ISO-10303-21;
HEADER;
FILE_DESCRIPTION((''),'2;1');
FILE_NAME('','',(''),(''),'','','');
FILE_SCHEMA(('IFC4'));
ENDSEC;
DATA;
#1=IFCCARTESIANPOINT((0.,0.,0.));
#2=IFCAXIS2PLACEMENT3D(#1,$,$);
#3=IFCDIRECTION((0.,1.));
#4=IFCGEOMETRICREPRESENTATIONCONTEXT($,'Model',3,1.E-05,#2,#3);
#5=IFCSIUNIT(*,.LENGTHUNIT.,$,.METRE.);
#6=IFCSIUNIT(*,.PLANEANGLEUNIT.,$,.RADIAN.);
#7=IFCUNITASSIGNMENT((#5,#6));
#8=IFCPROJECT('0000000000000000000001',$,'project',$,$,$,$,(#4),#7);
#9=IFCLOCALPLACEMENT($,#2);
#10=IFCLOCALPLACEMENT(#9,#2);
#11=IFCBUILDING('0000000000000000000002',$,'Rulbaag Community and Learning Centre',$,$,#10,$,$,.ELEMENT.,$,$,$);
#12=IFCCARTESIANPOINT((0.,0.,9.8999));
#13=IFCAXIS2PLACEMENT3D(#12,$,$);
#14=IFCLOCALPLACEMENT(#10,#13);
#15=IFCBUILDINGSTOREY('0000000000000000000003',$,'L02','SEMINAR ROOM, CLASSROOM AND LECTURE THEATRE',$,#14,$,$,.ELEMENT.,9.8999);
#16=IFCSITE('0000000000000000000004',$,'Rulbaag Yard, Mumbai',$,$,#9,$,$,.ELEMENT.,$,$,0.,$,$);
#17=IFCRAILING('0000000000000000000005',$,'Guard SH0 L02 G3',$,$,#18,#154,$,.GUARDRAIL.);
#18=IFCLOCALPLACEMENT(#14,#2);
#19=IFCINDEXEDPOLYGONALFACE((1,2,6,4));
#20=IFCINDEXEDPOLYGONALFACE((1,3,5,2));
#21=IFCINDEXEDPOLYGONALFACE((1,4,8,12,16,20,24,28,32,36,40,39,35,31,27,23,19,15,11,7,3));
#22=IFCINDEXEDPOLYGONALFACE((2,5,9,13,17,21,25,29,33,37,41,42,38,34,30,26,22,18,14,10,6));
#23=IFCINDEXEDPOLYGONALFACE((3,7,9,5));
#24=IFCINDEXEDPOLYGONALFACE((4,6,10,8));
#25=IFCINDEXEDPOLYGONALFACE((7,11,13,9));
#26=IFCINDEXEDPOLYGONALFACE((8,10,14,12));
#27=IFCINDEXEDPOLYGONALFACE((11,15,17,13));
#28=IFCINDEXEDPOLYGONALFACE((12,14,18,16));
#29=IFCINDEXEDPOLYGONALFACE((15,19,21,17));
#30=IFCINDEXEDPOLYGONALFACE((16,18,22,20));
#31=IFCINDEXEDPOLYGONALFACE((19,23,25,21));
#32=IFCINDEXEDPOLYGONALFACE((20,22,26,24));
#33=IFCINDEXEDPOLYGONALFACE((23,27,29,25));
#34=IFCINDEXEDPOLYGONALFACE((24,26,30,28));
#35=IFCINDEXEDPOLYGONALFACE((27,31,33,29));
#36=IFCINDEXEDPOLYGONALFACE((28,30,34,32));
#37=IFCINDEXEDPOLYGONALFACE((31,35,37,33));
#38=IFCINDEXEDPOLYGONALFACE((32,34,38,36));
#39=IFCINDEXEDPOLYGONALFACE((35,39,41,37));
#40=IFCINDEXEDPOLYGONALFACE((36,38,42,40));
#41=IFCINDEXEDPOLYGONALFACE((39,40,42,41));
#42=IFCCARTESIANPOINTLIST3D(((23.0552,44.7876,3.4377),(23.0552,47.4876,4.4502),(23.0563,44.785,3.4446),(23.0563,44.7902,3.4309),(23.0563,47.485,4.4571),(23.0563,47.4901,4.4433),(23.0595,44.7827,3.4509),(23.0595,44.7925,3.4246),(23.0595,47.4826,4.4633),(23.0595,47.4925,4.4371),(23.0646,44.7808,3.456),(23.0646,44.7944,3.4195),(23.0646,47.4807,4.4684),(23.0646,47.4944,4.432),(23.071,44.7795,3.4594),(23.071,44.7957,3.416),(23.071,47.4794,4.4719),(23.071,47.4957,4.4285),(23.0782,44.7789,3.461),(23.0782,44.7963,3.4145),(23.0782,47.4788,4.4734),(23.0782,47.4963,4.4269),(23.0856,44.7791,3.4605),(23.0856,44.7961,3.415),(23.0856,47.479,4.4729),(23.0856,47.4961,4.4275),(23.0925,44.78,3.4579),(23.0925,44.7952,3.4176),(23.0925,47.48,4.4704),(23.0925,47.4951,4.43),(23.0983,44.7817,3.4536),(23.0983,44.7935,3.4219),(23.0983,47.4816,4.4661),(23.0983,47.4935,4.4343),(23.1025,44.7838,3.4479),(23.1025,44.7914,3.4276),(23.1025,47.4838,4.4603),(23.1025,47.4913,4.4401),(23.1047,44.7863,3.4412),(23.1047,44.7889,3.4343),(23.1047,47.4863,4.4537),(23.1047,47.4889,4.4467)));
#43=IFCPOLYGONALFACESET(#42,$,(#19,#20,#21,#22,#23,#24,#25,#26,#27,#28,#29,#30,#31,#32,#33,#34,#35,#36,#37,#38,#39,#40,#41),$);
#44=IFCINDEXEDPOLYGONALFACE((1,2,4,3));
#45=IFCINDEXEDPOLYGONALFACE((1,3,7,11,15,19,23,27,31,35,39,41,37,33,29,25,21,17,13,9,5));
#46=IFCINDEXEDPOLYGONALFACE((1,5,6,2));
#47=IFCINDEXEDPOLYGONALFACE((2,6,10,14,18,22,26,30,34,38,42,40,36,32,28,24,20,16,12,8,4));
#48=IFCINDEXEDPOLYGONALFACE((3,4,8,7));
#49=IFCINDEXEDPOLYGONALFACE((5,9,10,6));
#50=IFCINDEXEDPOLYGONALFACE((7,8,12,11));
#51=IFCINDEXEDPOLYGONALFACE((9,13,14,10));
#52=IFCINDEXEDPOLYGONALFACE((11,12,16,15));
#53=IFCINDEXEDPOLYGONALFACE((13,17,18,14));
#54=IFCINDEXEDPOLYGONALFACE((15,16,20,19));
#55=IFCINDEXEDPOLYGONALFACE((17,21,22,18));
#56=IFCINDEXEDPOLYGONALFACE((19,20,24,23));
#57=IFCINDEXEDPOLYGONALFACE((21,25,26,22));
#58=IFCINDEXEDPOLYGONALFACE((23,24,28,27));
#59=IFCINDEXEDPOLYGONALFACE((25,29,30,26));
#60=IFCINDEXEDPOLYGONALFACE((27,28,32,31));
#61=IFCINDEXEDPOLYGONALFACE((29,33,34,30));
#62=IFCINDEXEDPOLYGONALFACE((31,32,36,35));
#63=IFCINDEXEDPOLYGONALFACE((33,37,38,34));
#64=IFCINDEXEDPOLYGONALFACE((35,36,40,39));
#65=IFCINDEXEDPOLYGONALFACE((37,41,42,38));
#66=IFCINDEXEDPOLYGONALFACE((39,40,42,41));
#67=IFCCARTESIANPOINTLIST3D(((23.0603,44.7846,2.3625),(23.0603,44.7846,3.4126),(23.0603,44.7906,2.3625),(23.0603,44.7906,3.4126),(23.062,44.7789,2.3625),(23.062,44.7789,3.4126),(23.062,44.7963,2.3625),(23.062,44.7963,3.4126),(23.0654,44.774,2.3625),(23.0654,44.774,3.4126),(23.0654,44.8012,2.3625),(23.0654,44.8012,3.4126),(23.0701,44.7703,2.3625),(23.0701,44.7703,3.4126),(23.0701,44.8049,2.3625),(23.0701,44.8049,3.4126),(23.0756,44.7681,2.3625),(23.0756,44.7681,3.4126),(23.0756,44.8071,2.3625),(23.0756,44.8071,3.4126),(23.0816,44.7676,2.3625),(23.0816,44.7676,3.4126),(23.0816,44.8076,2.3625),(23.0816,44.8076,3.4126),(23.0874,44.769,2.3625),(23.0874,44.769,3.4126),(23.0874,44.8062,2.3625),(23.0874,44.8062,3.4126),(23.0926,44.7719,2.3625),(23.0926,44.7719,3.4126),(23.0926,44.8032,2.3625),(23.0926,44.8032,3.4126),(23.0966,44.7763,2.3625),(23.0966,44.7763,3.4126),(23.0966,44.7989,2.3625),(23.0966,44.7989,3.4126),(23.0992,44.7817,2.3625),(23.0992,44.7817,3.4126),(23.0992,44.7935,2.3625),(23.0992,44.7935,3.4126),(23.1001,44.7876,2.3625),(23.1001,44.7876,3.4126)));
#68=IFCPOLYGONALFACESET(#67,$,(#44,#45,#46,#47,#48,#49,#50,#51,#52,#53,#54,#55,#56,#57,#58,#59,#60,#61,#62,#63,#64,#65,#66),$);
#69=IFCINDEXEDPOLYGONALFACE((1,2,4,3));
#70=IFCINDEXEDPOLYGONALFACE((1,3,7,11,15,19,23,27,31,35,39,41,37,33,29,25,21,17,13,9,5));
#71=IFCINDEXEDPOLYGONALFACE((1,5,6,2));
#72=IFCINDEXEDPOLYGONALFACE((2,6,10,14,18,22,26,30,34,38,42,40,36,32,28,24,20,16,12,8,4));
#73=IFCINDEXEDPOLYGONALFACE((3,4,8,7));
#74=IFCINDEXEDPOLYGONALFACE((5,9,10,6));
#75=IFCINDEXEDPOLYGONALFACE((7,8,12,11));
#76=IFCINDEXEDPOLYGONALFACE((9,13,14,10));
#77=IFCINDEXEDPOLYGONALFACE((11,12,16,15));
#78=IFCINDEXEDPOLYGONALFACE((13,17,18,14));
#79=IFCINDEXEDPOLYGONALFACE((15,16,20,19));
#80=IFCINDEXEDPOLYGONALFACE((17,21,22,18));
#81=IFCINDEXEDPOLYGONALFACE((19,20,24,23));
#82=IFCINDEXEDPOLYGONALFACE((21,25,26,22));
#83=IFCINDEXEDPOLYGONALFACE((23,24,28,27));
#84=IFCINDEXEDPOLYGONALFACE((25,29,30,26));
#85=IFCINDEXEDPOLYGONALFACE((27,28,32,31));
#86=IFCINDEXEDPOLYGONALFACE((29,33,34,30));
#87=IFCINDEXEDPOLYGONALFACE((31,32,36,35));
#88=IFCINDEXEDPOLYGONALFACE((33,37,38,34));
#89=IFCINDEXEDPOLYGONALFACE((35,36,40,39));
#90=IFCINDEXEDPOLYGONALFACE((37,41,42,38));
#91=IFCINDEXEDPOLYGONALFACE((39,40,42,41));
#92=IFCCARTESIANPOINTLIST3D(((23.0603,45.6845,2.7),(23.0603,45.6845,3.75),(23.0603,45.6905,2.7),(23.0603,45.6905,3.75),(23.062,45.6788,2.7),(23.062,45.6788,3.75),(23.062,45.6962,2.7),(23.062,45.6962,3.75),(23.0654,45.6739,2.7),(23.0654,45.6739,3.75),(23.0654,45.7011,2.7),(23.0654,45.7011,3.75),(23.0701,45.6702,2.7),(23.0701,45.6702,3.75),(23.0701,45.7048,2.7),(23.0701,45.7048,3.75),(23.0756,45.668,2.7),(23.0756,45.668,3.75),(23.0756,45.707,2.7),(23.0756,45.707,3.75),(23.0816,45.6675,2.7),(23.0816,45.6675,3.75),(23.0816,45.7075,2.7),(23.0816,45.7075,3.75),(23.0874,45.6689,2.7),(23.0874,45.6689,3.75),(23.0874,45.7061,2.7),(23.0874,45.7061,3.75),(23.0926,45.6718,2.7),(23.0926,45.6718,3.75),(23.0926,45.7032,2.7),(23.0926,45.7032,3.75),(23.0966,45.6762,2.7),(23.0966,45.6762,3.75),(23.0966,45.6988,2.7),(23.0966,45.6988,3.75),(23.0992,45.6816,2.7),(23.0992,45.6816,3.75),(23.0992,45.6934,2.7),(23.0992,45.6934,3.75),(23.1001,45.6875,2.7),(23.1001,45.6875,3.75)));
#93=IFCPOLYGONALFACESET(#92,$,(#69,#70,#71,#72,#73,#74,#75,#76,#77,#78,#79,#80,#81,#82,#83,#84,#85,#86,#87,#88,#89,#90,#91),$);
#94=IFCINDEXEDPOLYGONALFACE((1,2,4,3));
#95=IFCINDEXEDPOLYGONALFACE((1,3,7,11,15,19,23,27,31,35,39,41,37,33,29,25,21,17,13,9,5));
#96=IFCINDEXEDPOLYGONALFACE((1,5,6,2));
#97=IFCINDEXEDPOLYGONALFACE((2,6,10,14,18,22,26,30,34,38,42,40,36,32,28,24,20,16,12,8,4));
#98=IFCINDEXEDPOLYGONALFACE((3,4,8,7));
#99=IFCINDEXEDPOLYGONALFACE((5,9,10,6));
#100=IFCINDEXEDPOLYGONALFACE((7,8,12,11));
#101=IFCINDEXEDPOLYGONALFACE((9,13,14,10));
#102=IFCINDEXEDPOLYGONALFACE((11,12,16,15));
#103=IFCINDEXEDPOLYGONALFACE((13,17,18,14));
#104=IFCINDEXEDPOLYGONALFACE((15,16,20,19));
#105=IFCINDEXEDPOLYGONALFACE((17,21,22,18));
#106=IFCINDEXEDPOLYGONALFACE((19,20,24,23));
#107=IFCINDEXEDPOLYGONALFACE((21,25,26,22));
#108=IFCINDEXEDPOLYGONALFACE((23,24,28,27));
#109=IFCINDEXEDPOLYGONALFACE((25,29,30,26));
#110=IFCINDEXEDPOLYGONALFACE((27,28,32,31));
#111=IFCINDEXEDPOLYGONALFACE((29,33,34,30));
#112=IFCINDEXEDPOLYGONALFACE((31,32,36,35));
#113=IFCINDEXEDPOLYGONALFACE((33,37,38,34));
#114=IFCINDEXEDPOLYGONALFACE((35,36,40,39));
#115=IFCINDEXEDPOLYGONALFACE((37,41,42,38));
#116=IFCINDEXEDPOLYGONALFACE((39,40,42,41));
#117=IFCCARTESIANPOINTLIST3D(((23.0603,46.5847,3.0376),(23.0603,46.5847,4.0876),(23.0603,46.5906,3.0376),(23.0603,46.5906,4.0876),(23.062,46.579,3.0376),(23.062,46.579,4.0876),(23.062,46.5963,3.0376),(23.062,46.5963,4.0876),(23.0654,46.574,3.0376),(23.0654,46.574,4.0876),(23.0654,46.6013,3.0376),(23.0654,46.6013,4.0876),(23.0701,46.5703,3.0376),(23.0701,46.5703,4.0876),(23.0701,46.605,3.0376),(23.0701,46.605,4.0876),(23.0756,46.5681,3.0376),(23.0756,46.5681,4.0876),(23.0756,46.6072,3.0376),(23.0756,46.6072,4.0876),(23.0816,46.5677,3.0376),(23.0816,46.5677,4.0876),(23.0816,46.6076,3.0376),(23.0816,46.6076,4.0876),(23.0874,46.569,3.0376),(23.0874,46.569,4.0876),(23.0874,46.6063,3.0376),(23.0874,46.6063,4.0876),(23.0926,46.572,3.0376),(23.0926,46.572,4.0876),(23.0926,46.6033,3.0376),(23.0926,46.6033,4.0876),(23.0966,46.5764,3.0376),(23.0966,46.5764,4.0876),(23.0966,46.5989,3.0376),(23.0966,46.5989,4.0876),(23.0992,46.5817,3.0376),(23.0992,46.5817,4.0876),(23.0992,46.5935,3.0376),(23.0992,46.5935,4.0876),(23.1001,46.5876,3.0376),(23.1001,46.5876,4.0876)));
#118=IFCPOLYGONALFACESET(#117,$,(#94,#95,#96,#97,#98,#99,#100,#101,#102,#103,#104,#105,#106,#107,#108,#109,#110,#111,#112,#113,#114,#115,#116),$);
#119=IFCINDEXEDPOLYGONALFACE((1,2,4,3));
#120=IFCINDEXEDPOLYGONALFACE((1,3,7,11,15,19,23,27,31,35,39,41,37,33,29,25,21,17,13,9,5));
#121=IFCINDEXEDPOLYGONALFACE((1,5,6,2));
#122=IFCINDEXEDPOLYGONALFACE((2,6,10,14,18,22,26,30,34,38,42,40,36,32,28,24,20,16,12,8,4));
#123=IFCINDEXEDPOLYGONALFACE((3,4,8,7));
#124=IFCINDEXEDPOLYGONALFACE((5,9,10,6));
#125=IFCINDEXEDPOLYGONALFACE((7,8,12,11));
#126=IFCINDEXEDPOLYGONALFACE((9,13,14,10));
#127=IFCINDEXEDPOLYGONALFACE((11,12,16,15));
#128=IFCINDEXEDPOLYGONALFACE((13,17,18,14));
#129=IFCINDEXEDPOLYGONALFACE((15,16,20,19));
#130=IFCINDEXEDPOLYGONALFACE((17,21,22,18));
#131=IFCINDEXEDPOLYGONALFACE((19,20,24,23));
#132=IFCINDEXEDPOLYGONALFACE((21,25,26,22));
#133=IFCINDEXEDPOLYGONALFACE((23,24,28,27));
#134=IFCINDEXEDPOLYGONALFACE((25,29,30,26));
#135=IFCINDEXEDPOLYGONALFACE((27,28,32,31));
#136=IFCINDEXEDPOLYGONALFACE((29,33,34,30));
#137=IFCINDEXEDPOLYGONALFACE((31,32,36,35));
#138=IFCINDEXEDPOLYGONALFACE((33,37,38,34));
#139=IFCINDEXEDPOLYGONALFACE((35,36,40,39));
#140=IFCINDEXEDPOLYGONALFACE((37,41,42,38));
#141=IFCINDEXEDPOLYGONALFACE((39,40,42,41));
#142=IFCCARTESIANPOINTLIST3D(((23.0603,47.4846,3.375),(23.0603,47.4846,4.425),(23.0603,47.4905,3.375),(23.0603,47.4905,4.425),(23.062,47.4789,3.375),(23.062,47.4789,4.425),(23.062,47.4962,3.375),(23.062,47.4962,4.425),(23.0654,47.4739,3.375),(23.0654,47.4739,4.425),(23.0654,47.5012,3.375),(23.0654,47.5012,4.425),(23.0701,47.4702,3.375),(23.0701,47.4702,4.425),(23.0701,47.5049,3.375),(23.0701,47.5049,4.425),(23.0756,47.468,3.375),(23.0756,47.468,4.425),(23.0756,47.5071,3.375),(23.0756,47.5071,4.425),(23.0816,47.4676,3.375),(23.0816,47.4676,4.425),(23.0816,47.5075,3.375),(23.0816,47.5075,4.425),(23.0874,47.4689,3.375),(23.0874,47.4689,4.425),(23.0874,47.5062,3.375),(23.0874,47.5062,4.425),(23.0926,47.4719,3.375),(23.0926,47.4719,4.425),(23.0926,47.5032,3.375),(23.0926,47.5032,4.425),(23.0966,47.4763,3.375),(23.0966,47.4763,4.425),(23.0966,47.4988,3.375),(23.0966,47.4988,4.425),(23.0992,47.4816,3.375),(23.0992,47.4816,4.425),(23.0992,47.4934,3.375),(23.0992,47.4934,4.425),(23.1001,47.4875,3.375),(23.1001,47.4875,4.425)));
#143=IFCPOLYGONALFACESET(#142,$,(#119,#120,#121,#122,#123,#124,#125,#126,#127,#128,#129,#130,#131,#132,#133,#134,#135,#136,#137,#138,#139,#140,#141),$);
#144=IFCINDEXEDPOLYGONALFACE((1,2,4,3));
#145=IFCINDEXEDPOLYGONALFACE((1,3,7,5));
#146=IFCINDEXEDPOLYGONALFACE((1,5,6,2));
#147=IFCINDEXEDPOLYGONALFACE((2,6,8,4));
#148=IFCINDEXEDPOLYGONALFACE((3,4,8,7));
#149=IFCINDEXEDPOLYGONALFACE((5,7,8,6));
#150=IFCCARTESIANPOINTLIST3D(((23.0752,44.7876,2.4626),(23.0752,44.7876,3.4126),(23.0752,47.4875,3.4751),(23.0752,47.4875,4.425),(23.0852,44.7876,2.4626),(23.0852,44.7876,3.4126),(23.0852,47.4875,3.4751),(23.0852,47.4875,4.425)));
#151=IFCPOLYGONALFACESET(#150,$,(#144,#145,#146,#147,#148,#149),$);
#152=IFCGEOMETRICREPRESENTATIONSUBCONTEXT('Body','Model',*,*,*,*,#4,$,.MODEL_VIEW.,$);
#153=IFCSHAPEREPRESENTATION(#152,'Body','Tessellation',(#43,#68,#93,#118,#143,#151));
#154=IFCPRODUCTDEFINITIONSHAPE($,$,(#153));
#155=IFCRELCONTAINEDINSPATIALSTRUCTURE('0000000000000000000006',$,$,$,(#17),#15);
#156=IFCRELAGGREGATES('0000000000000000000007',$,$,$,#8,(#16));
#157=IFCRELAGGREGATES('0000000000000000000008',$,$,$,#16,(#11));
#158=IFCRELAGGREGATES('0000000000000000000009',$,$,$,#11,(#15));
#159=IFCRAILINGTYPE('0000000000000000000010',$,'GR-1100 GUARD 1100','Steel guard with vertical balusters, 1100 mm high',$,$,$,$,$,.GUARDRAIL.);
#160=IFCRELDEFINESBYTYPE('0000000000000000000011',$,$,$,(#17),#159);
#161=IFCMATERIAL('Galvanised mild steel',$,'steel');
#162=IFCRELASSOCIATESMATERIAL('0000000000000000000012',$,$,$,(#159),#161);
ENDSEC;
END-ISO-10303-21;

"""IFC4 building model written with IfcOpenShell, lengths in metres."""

from ifc_helpers import new_model, si_unit, direction, frame, origin, origin_2d, place, context, subcontext, project, spatial, polyline, circle, outline, extrude, material, type_object, element, save


model = new_model("IFC4")

# Units and contexts
model_context = context("Model", 3, precision=1e-05, world=origin(), true_north=direction((0.0, 1.0)))
body_context = subcontext(model_context, "Body", "Model", "MODEL_VIEW")
ifc_project = project(units=[si_unit("LENGTHUNIT", "METRE"), si_unit("PLANEANGLEUNIT", "RADIAN")], contexts=[model_context])

# Site, building, storey
site_placement = place(None, origin())
site = spatial("IfcSite", under=ifc_project, at=site_placement, Name="Rulbaag Yard, Mumbai", CompositionType="ELEMENT", RefElevation=0.0)
building_placement = place(site_placement, origin())
building = spatial("IfcBuilding", under=site, at=building_placement, Name="Rulbaag Community and Learning Centre", CompositionType="ELEMENT")
storey_placement = place(building_placement, frame((0.0, 0.0, 9.8999)))
storey = spatial("IfcBuildingStorey", under=building, at=storey_placement, Name="L02", Description="SEMINAR ROOM, CLASSROOM AND LECTURE THEATRE", CompositionType="ELEMENT", Elevation=9.8999)

# Railing
ifc_material_1 = material(Name="Galvanised mild steel", Category="steel")
railing_type_1 = type_object("IfcRailingType", Name="GR-1100 GUARD 1100", Description="Steel guard with vertical balusters, 1100 mm high", PredefinedType="GUARDRAIL", material=ifc_material_1)
railing_1_placement = place(storey_placement, frame((23.0801, 44.7876, 2.3625)))
element("IfcRailing", 1, at=railing_1_placement, inside=storey, type_object=railing_type_1, Name="Guard SH0 L02 G3", PredefinedType="GUARDRAIL", context=body_context, shape_type="SweptSolid", body=[
    extrude(circle(Radius=0.0249, at=origin_2d()), frame((0.0, 0.0, 1.0752), z_axis=(0.0, 0.936333, 0.351114), x_axis=(-1.0, 0.0, 0.0)), (0.0, 0.0, 1.0), 2.8835),
    extrude(circle(Radius=0.02, at=origin_2d()), origin(), (0.0, 0.0, 1.0), 1.05),
    extrude(circle(Radius=0.02, at=origin_2d()), frame((0.0, 0.8999, 0.3374)), (0.0, 0.0, 1.0), 1.05),
    extrude(circle(Radius=0.02, at=origin_2d()), frame((0.0, 1.8, 0.675)), (0.0, 0.0, 1.0), 1.05),
    extrude(circle(Radius=0.02, at=origin_2d()), frame((0.0, 2.7, 1.0125)), (0.0, 0.0, 1.0), 1.05),
    extrude(outline(polyline([(0.0, 0.0), (2.7, 1.0125), (2.7, 1.9624), (0.0, 0.95), (0.0, 0.0)])), frame((-0.0049, 0.0, 0.1001), z_axis=(1.0, 0.0, 0.0), x_axis=(0.0, 1.0, 0.0)), (0.0, 0.0, 1.0), 0.01),
])

save(model, "model.ifc")
